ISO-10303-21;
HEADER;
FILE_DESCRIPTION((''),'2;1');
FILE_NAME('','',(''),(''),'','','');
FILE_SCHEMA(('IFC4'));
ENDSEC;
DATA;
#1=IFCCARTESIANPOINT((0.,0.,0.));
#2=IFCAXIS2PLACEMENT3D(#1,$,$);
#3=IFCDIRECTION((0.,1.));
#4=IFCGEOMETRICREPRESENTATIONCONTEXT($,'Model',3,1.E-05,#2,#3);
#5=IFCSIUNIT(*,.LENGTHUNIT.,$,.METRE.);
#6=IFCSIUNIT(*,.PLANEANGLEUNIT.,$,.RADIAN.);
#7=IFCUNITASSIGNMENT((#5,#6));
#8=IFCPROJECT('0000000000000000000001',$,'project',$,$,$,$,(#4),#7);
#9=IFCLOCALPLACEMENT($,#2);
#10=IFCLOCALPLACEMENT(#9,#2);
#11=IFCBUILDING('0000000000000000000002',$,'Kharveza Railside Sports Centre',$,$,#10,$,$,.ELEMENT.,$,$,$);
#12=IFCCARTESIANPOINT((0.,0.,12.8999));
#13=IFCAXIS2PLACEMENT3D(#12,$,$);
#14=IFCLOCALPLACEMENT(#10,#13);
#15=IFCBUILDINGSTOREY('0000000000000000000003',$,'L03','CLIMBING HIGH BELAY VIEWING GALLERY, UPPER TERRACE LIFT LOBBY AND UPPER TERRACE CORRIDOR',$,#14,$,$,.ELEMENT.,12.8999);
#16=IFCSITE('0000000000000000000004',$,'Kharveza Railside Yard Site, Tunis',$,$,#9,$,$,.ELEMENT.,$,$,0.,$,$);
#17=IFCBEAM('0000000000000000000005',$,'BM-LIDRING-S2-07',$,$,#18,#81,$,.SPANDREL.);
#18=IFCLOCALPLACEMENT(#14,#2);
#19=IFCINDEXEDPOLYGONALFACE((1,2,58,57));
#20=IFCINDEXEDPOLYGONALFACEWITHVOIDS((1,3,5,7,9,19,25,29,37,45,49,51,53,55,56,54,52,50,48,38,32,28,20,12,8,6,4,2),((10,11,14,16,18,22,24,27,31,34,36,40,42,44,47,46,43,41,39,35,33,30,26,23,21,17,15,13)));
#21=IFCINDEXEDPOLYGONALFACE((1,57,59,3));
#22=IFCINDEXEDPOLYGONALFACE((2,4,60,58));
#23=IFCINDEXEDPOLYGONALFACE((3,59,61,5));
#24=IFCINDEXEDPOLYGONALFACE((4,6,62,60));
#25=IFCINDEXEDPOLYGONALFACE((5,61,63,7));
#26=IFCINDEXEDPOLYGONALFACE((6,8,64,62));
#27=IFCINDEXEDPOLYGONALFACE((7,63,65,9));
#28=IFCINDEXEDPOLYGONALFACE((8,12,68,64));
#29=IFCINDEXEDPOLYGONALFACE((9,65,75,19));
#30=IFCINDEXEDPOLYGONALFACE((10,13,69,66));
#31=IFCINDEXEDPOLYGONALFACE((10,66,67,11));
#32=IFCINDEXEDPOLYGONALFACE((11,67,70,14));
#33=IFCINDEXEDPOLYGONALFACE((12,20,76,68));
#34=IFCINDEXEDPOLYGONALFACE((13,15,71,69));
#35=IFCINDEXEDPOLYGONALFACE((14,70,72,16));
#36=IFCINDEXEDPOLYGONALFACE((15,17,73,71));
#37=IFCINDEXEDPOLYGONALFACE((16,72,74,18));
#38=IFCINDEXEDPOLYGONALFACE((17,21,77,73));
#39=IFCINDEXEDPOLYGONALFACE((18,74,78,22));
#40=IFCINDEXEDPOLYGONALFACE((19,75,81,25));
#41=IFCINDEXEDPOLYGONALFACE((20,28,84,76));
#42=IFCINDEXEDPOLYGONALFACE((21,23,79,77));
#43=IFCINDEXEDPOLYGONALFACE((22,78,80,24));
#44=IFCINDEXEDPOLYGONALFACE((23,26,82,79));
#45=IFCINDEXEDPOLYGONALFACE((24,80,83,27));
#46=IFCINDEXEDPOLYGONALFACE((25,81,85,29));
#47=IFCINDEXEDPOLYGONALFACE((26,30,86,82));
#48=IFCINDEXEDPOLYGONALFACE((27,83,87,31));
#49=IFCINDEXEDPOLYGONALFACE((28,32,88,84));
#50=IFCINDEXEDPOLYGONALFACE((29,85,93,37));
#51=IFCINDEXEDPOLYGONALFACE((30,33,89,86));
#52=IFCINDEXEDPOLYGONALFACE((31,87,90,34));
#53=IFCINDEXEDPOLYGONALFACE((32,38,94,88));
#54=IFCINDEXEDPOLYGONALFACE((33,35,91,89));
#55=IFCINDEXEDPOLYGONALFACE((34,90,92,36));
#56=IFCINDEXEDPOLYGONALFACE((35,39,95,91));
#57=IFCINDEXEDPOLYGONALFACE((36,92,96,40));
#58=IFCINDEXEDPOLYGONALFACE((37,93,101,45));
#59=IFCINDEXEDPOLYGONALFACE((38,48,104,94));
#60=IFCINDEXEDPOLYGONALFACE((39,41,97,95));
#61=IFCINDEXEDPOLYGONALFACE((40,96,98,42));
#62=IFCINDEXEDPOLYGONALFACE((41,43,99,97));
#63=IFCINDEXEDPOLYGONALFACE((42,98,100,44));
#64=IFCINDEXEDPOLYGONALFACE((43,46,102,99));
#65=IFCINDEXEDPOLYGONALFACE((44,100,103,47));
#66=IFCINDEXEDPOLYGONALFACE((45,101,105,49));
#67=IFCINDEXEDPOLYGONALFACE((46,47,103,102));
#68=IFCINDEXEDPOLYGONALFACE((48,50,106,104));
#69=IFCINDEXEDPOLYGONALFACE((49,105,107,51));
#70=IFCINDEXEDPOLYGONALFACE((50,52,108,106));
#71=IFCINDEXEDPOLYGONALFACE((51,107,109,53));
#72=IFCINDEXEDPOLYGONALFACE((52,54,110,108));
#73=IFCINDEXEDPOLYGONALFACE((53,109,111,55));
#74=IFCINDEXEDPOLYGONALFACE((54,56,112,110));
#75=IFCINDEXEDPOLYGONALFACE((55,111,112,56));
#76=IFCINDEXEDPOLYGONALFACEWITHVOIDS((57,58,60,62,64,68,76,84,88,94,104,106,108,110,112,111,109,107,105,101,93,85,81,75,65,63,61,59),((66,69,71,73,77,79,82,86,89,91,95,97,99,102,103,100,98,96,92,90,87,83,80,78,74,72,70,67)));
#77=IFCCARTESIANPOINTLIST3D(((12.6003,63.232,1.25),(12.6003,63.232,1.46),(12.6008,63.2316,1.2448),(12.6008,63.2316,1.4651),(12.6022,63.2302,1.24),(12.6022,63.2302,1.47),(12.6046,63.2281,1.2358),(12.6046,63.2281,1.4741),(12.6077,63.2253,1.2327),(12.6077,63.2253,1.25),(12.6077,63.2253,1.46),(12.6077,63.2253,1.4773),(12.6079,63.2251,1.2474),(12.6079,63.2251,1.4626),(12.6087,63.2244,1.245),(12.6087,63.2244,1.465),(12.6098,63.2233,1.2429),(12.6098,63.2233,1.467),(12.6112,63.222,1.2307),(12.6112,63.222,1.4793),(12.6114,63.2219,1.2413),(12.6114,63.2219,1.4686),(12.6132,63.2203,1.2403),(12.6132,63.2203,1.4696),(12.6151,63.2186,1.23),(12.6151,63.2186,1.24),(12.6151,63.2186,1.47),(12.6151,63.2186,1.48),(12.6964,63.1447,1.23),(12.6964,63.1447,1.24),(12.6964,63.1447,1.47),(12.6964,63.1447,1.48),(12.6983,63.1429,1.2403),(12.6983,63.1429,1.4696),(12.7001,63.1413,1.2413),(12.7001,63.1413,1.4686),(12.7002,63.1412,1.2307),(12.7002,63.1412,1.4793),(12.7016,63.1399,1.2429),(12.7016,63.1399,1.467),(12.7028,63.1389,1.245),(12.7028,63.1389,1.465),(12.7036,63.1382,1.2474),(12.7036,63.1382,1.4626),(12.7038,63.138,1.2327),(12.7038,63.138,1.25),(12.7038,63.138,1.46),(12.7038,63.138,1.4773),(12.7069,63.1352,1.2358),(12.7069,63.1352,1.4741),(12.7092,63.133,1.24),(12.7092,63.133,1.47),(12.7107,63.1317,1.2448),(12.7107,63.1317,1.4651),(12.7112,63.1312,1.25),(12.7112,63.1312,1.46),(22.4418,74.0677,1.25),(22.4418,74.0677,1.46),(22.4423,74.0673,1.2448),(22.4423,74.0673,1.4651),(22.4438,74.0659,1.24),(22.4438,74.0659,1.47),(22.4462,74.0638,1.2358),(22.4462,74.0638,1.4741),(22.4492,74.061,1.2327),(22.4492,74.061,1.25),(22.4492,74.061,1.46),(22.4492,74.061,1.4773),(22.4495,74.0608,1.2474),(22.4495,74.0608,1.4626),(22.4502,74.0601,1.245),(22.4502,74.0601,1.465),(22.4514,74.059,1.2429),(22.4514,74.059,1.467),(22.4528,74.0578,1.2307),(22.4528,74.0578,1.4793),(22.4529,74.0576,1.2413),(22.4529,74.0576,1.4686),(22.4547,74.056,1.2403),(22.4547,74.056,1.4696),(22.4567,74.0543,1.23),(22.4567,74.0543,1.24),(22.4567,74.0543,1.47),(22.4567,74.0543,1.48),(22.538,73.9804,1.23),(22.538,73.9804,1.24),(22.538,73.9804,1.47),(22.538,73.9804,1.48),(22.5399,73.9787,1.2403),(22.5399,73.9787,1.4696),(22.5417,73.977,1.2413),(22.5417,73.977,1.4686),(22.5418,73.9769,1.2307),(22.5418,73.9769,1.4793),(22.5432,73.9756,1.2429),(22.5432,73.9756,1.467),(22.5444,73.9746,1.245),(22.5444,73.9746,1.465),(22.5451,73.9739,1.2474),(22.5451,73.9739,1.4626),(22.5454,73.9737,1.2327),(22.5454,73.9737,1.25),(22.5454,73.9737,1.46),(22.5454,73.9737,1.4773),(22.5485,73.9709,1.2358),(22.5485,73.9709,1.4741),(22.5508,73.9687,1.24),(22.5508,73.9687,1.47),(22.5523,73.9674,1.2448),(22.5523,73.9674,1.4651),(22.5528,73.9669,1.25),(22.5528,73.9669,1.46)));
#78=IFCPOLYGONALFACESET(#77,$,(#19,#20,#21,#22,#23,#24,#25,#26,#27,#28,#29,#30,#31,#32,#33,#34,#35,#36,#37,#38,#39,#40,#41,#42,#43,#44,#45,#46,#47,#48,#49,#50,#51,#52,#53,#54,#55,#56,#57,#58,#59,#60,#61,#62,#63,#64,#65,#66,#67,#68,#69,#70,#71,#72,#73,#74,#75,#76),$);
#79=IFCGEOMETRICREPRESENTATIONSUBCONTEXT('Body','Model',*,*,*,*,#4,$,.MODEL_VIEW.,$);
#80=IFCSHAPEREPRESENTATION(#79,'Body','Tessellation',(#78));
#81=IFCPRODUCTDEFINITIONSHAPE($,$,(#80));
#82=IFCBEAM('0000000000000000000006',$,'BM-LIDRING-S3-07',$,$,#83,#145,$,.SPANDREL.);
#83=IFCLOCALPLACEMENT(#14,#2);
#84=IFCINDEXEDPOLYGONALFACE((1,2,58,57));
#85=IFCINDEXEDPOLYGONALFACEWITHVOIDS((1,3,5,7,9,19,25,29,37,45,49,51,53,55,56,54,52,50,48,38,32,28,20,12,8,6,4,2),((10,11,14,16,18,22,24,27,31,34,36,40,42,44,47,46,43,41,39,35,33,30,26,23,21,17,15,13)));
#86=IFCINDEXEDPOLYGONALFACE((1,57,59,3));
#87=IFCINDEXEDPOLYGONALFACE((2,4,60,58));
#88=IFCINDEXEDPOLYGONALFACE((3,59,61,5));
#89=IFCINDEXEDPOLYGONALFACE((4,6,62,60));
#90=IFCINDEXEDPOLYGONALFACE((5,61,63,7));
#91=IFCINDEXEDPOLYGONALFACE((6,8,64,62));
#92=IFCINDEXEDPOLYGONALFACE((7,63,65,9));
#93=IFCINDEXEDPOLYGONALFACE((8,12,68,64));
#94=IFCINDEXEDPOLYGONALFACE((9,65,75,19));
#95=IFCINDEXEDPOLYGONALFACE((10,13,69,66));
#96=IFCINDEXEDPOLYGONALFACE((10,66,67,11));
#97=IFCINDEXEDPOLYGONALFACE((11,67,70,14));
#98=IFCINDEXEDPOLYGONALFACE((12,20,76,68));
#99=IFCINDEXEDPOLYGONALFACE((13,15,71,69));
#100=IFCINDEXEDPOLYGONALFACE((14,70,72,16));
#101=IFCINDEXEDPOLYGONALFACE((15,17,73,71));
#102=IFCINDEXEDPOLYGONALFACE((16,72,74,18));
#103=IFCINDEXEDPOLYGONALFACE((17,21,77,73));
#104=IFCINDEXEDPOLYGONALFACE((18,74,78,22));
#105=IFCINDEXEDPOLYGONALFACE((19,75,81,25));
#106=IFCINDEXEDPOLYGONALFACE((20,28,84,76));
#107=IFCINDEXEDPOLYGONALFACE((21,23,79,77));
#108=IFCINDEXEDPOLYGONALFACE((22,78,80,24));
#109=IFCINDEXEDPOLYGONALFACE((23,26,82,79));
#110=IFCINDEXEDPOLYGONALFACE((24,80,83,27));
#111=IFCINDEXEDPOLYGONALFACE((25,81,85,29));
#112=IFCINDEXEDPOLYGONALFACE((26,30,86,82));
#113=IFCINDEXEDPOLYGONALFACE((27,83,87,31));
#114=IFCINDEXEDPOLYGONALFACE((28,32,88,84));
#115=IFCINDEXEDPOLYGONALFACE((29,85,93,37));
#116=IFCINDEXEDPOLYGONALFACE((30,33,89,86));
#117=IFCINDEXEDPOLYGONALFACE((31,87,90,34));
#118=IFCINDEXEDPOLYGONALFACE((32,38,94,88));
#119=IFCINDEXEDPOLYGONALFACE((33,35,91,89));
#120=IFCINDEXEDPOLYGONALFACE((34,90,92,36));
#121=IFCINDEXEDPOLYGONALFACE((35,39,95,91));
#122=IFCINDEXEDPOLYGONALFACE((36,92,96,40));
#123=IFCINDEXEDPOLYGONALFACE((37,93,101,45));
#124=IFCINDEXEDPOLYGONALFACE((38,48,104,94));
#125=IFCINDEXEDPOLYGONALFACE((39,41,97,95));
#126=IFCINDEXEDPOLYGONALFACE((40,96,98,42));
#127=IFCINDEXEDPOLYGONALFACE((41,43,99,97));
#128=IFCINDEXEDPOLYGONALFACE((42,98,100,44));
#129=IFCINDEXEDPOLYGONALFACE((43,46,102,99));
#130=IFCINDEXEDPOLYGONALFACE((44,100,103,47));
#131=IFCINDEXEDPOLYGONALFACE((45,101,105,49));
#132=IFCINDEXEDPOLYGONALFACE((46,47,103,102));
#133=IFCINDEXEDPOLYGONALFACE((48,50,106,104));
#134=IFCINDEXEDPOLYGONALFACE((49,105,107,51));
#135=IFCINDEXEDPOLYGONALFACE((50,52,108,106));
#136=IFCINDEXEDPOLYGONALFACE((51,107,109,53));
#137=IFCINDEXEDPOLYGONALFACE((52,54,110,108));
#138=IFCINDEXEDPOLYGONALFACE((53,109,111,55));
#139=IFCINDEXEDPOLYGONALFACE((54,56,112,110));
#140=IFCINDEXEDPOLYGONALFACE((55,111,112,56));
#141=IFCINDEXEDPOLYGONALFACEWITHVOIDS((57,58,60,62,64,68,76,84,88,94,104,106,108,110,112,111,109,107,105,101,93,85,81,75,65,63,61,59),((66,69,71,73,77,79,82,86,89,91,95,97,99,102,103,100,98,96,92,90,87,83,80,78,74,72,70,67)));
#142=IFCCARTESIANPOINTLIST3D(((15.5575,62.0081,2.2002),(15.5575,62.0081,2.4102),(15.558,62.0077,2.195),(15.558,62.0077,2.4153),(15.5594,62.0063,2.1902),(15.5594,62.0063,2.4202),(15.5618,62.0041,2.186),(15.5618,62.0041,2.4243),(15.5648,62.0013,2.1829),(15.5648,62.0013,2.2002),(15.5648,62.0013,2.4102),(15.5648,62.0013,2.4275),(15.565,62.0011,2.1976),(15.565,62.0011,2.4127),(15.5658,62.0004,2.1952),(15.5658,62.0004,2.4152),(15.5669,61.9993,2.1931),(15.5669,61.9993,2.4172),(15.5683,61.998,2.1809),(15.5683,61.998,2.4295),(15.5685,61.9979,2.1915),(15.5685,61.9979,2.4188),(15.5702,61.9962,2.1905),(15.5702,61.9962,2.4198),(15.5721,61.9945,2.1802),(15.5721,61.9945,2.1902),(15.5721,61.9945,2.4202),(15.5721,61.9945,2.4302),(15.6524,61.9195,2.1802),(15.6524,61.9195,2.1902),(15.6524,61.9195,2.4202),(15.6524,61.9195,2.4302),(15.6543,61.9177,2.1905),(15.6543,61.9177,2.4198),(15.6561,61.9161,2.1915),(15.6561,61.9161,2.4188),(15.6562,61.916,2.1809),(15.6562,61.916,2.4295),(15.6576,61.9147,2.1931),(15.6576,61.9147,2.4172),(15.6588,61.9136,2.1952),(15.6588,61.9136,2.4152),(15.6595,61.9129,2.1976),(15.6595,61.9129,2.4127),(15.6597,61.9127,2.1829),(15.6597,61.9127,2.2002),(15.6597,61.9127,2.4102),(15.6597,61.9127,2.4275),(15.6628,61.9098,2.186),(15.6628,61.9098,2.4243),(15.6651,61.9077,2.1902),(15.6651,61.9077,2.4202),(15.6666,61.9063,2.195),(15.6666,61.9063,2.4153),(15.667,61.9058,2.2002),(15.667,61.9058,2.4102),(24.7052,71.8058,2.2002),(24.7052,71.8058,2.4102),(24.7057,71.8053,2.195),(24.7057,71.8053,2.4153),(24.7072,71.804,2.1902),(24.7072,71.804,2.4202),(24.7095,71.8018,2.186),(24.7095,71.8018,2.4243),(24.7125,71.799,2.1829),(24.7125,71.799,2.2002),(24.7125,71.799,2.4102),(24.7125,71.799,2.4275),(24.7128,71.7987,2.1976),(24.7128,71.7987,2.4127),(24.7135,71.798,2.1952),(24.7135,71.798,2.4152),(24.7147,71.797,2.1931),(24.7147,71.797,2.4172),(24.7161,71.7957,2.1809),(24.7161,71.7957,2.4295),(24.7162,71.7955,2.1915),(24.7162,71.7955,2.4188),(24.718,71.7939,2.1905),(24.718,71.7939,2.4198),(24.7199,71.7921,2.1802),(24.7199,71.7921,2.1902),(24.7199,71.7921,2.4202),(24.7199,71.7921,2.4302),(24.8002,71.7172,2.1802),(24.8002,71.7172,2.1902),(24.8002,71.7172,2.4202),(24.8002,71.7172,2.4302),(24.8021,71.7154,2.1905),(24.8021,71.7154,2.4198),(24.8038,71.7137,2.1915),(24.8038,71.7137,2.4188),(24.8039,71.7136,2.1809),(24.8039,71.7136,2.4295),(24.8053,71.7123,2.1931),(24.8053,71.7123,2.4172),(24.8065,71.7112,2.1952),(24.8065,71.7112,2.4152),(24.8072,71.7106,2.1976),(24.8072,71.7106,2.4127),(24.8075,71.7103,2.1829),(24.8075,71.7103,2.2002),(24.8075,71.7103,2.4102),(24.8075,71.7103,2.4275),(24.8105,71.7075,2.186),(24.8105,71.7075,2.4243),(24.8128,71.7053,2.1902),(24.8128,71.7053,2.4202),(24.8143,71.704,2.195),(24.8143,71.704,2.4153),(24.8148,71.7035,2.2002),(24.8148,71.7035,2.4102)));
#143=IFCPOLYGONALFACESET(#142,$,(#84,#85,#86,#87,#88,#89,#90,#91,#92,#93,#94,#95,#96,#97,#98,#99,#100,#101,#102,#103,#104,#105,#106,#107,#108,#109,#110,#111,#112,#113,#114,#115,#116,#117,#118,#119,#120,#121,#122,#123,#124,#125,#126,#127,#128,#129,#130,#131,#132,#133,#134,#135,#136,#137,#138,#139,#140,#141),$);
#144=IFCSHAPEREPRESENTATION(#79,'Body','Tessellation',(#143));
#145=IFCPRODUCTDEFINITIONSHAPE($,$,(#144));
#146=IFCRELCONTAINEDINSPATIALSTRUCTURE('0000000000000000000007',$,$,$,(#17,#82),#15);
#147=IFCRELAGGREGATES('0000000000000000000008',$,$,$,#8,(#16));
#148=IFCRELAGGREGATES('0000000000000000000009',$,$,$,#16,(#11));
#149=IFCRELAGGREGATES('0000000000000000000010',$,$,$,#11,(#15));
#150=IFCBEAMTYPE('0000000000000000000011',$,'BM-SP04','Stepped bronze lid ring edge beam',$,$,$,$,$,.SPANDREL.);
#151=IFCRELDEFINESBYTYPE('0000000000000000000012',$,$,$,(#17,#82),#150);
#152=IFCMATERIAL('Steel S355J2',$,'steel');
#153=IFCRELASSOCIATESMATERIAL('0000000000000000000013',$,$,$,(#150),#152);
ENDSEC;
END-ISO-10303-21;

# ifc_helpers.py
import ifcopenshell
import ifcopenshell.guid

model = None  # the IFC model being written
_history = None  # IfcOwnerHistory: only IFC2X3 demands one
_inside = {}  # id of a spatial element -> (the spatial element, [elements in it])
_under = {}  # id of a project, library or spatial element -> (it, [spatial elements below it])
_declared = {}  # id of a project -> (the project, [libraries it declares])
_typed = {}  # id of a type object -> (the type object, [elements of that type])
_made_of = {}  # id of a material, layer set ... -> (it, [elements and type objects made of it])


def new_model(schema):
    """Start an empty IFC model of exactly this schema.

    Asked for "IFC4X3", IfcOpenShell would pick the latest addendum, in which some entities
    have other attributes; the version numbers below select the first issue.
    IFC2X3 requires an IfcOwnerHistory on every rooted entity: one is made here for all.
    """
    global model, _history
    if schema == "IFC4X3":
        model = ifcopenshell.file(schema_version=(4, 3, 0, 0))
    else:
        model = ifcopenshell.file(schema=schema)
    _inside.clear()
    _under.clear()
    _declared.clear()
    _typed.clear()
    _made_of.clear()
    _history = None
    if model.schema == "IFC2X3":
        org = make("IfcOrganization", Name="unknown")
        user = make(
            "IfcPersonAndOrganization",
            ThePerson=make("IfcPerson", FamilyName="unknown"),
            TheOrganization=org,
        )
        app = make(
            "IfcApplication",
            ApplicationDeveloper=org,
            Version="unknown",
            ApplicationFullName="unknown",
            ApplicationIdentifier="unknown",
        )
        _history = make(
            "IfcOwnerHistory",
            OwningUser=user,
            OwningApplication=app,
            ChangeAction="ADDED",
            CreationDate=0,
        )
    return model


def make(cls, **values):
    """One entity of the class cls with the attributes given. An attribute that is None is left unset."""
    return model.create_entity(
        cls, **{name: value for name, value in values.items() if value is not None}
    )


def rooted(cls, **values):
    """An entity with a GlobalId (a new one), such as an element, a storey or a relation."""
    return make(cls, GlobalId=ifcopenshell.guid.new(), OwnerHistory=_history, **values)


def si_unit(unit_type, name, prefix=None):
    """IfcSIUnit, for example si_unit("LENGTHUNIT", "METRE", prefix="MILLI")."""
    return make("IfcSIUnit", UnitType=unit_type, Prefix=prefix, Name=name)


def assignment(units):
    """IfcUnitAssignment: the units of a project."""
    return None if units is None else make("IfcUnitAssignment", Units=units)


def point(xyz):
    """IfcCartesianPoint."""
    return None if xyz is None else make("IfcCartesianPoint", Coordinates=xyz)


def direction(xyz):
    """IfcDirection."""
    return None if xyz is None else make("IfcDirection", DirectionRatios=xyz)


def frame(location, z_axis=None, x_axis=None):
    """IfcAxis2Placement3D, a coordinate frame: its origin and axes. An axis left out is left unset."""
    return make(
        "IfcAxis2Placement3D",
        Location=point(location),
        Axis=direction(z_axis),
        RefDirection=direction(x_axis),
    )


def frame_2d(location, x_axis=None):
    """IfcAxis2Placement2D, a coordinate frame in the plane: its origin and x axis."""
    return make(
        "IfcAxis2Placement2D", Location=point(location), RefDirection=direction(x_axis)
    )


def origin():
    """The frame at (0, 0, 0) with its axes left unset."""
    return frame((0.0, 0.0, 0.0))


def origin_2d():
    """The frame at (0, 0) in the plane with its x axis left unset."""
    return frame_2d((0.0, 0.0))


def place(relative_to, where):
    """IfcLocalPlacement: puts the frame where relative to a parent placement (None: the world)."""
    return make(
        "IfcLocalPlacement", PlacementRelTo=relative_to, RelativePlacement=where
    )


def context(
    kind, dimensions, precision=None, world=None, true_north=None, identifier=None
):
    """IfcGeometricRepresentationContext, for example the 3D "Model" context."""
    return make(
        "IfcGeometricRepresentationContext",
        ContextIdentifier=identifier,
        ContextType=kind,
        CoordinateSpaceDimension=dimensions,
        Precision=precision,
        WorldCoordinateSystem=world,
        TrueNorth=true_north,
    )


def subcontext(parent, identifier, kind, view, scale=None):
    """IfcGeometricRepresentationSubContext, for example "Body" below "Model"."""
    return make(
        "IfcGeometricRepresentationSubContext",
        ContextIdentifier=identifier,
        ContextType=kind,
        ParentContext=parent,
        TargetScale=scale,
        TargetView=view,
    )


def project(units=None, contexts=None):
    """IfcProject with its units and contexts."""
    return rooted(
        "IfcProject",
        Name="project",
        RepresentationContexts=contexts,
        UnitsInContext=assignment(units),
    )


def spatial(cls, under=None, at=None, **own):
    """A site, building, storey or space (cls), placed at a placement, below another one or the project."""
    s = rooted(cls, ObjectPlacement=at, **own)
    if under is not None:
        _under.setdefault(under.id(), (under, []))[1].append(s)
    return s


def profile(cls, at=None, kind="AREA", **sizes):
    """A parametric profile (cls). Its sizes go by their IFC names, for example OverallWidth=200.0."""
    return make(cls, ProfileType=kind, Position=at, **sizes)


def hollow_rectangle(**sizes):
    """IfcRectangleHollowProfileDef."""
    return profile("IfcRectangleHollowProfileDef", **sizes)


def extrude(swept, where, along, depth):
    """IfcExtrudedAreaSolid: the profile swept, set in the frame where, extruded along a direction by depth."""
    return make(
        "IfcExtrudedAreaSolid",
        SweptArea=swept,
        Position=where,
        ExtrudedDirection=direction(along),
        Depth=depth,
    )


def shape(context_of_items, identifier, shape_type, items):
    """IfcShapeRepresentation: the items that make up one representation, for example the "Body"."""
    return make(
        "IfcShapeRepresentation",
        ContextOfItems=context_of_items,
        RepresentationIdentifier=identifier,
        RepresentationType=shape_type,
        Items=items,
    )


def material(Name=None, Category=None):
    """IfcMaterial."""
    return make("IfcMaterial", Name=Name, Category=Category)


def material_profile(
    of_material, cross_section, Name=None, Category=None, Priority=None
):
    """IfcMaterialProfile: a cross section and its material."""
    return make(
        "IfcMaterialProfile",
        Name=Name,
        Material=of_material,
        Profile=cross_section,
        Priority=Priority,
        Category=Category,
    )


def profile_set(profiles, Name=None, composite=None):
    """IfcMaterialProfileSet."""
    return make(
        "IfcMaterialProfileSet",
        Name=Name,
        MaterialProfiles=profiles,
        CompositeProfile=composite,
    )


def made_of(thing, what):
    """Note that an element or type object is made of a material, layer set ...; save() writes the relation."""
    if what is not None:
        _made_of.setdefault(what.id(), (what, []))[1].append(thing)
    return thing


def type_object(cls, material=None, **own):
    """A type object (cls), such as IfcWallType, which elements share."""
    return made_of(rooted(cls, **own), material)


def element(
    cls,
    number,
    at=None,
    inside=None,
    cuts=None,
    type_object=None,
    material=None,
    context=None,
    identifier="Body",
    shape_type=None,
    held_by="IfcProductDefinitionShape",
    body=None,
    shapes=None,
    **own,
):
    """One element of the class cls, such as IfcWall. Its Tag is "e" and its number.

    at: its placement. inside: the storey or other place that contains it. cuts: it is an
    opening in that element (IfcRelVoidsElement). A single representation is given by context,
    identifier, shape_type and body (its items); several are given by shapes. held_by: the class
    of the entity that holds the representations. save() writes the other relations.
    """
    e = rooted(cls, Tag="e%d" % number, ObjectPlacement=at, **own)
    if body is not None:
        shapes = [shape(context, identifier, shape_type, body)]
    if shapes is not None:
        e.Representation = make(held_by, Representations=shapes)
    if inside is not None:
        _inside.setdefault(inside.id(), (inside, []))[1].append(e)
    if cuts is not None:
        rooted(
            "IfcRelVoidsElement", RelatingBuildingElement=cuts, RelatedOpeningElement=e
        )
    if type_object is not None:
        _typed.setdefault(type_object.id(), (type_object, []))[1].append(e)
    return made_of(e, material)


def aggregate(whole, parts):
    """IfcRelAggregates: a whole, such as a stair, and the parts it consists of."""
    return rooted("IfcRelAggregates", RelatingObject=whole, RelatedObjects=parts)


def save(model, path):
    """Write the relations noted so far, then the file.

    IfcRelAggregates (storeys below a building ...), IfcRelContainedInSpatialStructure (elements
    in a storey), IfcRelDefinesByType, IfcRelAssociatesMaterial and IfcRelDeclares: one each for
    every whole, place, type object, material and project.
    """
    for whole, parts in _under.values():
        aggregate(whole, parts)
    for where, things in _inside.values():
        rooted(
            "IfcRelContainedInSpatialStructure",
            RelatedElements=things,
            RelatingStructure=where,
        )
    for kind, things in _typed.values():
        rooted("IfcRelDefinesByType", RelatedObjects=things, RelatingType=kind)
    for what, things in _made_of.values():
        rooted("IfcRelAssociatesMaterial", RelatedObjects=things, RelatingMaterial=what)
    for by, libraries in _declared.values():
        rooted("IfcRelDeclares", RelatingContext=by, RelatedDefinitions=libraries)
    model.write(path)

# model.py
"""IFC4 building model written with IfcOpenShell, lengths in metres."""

from ifc_helpers import new_model, si_unit, direction, frame, origin, origin_2d, place, context, subcontext, project, spatial, hollow_rectangle, extrude, material, material_profile, profile_set, type_object, element, save


model = new_model("IFC4")

# Units and contexts
model_context = context("Model", 3, precision=1e-05, world=origin(), true_north=direction((0.0, 1.0)))
body_context = subcontext(model_context, "Body", "Model", "MODEL_VIEW")
ifc_project = project(units=[si_unit("LENGTHUNIT", "METRE"), si_unit("PLANEANGLEUNIT", "RADIAN")], contexts=[model_context])

# Site, building, storey
site_placement = place(None, origin())
site = spatial("IfcSite", under=ifc_project, at=site_placement, Name="Kharveza Railside Yard Site, Tunis", CompositionType="ELEMENT", RefElevation=0.0)
building_placement = place(site_placement, origin())
building = spatial("IfcBuilding", under=site, at=building_placement, Name="Kharveza Railside Sports Centre", CompositionType="ELEMENT")
storey_placement = place(building_placement, frame((0.0, 0.0, 12.8999)))
storey = spatial("IfcBuildingStorey", under=building, at=storey_placement, Name="L03", Description="CLIMBING HIGH BELAY VIEWING GALLERY, UPPER TERRACE LIFT LOBBY AND UPPER TERRACE CORRIDOR", CompositionType="ELEMENT", Elevation=12.8999)

# Beams
ifc_material_1 = material(Name="Steel S355J2", Category="steel")
ifc_material_profile_1 = material_profile(ifc_material_1, hollow_rectangle(XDim=0.1499, YDim=0.25, WallThickness=0.01, InnerFilletRadius=0.01, OuterFilletRadius=0.02, at=origin_2d()), Name="RHS 150x250x10.0")
ifc_profile_set_1 = profile_set([ifc_material_profile_1], Name="Steel S355J2")
beam_type = type_object("IfcBeamType", Name="BM-SP04", Description="Stepped bronze lid ring edge beam", PredefinedType="SPANDREL", material=ifc_profile_set_1)
beam_1_placement = place(storey_placement, frame((22.4973, 74.0173, 1.355), z_axis=(-0.672333, -0.740249, 0.0), x_axis=(0.740249, -0.672333, 0.0)))
element("IfcBeam", 1, at=beam_1_placement, inside=storey, type_object=beam_type, Name="BM-LIDRING-S2-07", PredefinedType="SPANDREL", context=body_context, shape_type="SweptSolid", body=[
    extrude(hollow_rectangle(XDim=0.1499, YDim=0.25, WallThickness=0.01, InnerFilletRadius=0.01, OuterFilletRadius=0.02, at=origin_2d()), origin(), (0.0, 0.0, 1.0), 14.6379),
])
beam_2_placement = place(storey_placement, frame((24.76, 71.7546, 2.3052), z_axis=(-0.682449, -0.730934, 0.0), x_axis=(0.730934, -0.682449, 0.0)))
element("IfcBeam", 2, at=beam_2_placement, inside=storey, type_object=beam_type, Name="BM-LIDRING-S3-07", PredefinedType="SPANDREL", context=body_context, shape_type="SweptSolid", body=[
    extrude(hollow_rectangle(XDim=0.1499, YDim=0.25, WallThickness=0.01, InnerFilletRadius=0.01, OuterFilletRadius=0.02, at=origin_2d()), origin(), (0.0, 0.0, 1.0), 13.4043),
])

save(model, "model.ifc")
